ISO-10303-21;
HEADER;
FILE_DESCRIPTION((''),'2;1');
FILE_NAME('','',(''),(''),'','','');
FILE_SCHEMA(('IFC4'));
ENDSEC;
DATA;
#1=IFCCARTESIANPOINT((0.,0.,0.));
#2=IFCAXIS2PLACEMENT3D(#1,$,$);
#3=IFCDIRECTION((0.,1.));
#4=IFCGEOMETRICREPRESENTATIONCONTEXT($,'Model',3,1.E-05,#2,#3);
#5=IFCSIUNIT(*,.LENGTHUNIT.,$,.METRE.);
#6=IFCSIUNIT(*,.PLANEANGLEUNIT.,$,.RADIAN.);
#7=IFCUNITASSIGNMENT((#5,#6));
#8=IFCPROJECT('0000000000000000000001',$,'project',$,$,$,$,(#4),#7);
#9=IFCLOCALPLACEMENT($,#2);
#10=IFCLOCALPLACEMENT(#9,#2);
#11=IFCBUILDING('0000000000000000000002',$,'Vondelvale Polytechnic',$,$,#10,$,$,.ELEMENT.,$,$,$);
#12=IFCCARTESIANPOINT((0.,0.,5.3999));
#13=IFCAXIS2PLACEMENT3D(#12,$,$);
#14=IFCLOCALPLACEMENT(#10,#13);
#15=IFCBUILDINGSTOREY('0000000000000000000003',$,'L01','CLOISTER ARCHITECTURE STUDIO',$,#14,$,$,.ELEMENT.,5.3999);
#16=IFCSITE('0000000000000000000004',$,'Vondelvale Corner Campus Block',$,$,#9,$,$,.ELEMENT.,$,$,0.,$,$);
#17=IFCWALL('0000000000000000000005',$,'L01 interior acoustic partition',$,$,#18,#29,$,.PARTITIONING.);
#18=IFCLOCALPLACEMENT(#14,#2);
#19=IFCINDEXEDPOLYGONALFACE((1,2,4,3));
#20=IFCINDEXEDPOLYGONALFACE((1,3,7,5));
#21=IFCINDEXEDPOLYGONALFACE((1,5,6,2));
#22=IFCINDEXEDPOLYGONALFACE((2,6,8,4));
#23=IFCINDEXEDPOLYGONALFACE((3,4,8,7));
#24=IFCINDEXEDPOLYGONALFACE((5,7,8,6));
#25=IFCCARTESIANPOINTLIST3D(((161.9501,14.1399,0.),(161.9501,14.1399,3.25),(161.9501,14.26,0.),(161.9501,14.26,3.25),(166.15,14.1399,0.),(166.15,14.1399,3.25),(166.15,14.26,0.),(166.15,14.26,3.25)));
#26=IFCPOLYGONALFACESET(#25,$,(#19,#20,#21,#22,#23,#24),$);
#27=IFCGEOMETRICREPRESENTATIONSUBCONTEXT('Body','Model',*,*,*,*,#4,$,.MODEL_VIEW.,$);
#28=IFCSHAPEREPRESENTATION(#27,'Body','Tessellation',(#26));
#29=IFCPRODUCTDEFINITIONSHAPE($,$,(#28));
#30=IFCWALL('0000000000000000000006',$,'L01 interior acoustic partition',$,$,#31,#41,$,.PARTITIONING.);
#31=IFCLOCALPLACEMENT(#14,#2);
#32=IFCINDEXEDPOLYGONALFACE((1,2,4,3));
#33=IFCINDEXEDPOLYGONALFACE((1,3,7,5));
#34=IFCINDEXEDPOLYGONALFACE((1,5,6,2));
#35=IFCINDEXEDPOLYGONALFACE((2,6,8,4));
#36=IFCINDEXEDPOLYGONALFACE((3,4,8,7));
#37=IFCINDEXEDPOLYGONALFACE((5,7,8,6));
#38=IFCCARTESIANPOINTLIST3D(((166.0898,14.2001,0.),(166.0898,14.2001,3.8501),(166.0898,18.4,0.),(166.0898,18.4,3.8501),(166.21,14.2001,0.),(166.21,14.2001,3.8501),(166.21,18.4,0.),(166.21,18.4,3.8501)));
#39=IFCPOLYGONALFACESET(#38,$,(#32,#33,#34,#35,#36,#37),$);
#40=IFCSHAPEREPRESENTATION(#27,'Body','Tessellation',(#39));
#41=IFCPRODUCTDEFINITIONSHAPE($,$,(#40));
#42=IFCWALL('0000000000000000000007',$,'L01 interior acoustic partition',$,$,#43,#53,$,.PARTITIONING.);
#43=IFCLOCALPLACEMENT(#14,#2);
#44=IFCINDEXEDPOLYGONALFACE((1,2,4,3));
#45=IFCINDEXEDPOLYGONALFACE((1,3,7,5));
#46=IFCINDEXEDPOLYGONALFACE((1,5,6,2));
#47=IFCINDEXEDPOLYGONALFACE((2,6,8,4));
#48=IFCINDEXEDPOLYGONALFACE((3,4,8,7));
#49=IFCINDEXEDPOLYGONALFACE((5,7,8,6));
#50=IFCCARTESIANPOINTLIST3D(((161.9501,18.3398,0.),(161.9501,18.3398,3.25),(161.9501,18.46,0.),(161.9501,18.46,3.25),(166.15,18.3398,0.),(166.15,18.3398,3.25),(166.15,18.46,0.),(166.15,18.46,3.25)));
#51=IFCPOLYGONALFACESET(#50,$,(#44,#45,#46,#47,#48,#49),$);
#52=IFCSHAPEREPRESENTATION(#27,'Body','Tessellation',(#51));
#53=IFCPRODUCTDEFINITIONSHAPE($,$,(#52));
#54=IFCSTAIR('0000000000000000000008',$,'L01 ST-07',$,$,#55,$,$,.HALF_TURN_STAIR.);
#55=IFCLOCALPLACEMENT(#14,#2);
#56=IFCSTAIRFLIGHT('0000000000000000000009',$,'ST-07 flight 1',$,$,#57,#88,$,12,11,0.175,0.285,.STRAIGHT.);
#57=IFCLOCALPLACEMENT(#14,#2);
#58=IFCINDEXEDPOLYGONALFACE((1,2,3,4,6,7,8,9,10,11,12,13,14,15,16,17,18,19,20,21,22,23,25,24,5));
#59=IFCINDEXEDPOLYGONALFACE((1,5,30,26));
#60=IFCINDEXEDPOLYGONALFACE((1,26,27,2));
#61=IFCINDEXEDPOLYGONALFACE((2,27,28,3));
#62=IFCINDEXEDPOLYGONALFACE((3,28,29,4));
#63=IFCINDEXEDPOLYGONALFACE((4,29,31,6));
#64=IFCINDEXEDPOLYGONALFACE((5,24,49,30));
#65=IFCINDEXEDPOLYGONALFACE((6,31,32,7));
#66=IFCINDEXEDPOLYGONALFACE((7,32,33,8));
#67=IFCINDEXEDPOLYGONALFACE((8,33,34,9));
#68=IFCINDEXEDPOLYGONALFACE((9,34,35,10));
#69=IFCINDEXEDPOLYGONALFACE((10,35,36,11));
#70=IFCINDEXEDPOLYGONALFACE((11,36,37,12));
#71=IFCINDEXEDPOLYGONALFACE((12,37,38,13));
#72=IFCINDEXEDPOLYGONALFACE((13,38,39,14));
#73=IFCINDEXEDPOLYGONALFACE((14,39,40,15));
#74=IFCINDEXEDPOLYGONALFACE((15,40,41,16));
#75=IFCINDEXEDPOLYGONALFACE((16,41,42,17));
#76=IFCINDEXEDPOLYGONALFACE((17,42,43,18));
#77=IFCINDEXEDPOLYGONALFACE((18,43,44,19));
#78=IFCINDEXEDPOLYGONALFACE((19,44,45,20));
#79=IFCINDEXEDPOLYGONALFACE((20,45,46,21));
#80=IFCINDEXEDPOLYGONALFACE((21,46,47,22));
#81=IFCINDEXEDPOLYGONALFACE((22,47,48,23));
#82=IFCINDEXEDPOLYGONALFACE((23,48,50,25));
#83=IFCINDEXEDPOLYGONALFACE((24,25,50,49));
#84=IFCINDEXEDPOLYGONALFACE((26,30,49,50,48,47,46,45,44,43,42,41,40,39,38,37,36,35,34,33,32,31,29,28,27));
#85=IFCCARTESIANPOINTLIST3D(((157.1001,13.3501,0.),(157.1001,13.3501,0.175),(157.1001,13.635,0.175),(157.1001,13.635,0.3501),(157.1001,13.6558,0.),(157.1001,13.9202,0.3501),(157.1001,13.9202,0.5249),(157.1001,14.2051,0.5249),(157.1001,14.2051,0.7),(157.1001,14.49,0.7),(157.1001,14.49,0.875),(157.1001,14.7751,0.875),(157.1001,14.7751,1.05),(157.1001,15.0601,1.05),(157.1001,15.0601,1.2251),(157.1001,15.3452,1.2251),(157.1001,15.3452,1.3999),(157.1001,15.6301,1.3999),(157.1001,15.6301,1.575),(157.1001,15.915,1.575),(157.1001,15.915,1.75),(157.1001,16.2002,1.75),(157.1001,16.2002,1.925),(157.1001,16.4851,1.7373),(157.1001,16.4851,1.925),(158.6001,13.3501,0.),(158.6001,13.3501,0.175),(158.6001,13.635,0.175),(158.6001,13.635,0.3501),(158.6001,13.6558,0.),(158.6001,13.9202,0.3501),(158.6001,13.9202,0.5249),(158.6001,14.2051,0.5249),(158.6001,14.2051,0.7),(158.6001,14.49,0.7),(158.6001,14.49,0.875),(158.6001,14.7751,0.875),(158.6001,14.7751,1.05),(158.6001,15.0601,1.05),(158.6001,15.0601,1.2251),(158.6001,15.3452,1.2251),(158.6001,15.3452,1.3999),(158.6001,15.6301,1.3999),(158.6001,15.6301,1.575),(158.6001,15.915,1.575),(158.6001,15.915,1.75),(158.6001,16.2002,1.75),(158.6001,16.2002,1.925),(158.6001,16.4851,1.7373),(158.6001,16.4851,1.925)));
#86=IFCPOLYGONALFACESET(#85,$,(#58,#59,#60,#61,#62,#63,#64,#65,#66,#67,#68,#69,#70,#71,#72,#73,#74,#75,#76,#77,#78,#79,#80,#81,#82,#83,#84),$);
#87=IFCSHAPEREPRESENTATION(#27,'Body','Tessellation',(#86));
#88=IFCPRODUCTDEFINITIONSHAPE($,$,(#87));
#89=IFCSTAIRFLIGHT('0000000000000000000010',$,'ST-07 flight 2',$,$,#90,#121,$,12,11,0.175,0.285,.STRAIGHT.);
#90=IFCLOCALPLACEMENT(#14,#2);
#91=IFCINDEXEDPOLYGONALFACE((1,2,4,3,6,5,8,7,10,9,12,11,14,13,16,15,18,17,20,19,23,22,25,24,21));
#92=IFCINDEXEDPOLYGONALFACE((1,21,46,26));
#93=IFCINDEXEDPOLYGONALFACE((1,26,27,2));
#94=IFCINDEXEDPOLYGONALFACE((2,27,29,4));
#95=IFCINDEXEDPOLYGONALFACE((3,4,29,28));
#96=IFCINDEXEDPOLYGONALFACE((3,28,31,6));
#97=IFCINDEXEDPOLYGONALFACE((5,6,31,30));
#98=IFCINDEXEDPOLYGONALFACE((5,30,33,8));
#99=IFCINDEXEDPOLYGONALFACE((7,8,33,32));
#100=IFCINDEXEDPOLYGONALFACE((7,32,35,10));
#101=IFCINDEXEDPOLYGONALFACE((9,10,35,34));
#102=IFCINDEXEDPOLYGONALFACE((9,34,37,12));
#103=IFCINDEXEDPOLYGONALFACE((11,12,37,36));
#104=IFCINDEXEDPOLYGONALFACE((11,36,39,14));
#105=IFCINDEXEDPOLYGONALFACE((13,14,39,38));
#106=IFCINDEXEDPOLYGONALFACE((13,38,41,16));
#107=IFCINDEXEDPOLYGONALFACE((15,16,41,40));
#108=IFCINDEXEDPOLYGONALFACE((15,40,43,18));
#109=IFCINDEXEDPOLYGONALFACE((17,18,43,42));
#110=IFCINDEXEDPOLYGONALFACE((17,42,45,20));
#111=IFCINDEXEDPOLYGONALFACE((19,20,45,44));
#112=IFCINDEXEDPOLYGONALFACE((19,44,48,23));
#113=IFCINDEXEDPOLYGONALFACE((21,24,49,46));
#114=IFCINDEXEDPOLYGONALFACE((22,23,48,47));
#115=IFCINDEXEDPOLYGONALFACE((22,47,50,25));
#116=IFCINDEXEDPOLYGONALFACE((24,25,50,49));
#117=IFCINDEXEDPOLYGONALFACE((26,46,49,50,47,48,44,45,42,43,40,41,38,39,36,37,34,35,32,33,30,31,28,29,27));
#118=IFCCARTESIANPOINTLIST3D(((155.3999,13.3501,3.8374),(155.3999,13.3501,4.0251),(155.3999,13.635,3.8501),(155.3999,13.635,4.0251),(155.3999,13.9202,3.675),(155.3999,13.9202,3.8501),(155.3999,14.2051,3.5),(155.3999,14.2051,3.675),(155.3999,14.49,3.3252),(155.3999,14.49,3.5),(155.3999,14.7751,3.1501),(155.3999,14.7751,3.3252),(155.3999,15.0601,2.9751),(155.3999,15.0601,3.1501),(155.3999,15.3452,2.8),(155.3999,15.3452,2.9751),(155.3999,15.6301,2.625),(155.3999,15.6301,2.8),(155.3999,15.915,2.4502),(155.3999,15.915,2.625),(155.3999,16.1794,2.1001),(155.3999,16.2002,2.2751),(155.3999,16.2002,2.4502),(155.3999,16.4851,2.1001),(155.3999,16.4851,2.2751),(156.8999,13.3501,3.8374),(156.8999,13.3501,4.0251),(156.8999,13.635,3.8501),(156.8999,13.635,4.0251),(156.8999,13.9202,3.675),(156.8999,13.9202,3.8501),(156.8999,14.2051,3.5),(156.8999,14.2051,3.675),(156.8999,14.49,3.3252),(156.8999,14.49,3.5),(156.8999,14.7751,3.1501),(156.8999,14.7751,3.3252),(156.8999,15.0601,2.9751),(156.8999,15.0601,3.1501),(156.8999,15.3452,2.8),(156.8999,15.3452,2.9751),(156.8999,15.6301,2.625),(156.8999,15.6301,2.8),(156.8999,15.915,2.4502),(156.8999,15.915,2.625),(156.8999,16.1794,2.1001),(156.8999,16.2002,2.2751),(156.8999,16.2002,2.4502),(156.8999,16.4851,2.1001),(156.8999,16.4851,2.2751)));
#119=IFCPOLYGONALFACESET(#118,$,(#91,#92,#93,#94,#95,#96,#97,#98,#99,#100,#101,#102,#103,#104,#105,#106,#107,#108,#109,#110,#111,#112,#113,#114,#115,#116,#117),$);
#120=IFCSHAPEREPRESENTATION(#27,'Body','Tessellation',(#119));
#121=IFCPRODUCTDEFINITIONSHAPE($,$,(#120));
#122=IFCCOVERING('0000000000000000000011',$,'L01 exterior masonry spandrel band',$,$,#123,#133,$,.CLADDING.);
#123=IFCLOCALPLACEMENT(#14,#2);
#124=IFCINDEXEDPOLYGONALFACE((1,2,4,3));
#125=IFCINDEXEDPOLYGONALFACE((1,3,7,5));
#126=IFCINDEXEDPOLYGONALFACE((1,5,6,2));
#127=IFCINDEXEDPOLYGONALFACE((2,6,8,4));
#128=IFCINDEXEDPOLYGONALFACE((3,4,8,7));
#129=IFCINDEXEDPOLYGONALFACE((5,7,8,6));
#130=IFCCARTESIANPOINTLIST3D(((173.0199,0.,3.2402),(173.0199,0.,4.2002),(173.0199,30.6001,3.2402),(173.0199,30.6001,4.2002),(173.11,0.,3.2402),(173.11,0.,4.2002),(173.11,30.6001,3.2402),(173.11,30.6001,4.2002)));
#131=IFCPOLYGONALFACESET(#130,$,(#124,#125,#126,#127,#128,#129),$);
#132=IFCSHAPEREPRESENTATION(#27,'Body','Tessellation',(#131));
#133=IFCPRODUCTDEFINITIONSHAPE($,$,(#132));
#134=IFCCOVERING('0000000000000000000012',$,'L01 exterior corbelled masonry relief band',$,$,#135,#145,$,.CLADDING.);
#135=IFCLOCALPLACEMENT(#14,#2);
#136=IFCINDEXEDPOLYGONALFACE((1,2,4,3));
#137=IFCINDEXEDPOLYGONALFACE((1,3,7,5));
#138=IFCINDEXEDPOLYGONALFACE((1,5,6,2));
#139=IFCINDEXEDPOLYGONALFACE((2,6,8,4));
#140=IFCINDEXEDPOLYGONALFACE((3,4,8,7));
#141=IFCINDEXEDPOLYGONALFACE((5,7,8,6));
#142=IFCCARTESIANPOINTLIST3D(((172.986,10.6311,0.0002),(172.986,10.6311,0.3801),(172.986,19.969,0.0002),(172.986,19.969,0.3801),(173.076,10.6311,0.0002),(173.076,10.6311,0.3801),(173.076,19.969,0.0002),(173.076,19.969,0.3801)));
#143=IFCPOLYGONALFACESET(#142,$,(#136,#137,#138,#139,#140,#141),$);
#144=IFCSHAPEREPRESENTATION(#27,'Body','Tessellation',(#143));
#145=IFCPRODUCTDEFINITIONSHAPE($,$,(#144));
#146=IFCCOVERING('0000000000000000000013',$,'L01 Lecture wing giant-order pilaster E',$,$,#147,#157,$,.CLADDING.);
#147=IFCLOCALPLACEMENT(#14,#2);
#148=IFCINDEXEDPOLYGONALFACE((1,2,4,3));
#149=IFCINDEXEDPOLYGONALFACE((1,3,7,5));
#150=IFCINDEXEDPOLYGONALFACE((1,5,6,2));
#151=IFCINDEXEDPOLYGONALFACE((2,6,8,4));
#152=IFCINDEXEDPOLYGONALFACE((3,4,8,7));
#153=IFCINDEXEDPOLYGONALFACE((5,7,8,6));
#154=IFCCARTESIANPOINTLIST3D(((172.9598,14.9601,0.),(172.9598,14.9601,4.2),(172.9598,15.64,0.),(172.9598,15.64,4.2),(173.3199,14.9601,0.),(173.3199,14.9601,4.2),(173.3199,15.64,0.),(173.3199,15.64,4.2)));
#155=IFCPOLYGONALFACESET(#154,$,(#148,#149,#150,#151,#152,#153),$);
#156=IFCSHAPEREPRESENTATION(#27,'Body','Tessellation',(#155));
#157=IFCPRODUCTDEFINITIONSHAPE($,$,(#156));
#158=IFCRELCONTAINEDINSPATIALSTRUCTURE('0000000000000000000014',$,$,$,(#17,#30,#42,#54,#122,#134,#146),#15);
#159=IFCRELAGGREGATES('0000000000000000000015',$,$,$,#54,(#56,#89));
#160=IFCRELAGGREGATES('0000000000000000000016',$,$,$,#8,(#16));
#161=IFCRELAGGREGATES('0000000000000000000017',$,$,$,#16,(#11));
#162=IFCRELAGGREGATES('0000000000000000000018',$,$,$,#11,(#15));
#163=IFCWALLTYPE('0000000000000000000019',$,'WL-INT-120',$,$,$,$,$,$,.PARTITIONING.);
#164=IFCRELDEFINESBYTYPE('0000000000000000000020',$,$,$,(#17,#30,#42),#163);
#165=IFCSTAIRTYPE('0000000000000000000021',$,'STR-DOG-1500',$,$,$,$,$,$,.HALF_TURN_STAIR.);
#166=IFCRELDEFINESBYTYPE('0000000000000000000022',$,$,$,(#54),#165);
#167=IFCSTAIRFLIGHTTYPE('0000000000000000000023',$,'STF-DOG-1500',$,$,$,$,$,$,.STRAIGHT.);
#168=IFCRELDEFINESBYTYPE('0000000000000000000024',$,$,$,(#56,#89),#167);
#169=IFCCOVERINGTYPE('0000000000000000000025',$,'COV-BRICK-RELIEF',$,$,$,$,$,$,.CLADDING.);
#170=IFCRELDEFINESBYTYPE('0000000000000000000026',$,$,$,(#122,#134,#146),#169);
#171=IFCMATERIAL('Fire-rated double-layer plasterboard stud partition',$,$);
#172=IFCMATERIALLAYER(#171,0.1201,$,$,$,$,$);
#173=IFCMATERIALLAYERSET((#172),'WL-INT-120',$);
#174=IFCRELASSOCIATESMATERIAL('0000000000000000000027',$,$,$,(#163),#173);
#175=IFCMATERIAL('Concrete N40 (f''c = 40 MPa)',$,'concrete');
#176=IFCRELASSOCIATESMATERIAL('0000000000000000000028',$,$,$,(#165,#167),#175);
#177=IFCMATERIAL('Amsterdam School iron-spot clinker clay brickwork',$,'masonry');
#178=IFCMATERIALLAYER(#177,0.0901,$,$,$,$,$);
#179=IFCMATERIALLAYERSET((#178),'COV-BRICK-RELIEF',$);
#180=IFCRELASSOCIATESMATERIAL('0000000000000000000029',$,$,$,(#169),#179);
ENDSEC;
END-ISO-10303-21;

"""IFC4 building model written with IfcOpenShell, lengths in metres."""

from ifc_helpers import new_model, si_unit, direction, frame, frame_2d, origin, origin_2d, place, context, subcontext, project, spatial, polyline, rectangle, outline, extrude, material, layer, layer_set, type_object, element, aggregate, save


model = new_model("IFC4")

# Units and contexts
model_context = context("Model", 3, precision=1e-05, world=origin(), true_north=direction((0.0, 1.0)))
body_context = subcontext(model_context, "Body", "Model", "MODEL_VIEW")
ifc_project = project(units=[si_unit("LENGTHUNIT", "METRE"), si_unit("PLANEANGLEUNIT", "RADIAN")], contexts=[model_context])

# Site, building, storey
site_placement = place(None, origin())
site = spatial("IfcSite", under=ifc_project, at=site_placement, Name="Vondelvale Corner Campus Block", CompositionType="ELEMENT", RefElevation=0.0)
building_placement = place(site_placement, origin())
building = spatial("IfcBuilding", under=site, at=building_placement, Name="Vondelvale Polytechnic", CompositionType="ELEMENT")
storey_placement = place(building_placement, frame((0.0, 0.0, 5.3999)))
storey = spatial("IfcBuildingStorey", under=building, at=storey_placement, Name="L01", Description="CLOISTER ARCHITECTURE STUDIO", CompositionType="ELEMENT", Elevation=5.3999)

# Shared definitions
ifc_material_1 = material(Name="Concrete N40 (f'c = 40 MPa)", Category="concrete")

# Shared definitions
ifc_material_2 = material(Name="Amsterdam School iron-spot clinker clay brickwork", Category="masonry")

# Walls
ifc_material_3 = material(Name="Fire-rated double-layer plasterboard stud partition")
ifc_layer_1 = layer(ifc_material_3, 0.1201)
ifc_layer_set_1 = layer_set([ifc_layer_1], Name="WL-INT-120")
wall_type_1 = type_object("IfcWallType", Name="WL-INT-120", PredefinedType="PARTITIONING", material=ifc_layer_set_1)
wall_1_placement = place(storey_placement, frame((161.95, 14.2, 0.0), z_axis=(0.0, 0.0, 1.0), x_axis=(1.0, 0.0, 0.0)))
element("IfcWall", 1, at=wall_1_placement, inside=storey, type_object=wall_type_1, Name="L01 interior acoustic partition", PredefinedType="PARTITIONING", context=body_context, shape_type="SweptSolid", body=[
    extrude(rectangle(XDim=4.2, YDim=0.1201, at=frame_2d((2.1001, 0.0))), origin(), (0.0, 0.0, 1.0), 3.25),
])
wall_2_placement = place(storey_placement, frame((166.1499, 14.2, 0.0), z_axis=(0.0, 0.0, 1.0), x_axis=(0.0, 1.0, 0.0)))
element("IfcWall", 2, at=wall_2_placement, inside=storey, type_object=wall_type_1, Name="L01 interior acoustic partition", PredefinedType="PARTITIONING", context=body_context, shape_type="SweptSolid", body=[
    extrude(rectangle(XDim=4.2, YDim=0.1201, at=frame_2d((2.1001, 0.0))), origin(), (0.0, 0.0, 1.0), 3.8501),
])
wall_3_placement = place(storey_placement, frame((161.95, 18.3999, 0.0), z_axis=(0.0, 0.0, 1.0), x_axis=(1.0, 0.0, 0.0)))
element("IfcWall", 3, at=wall_3_placement, inside=storey, type_object=wall_type_1, Name="L01 interior acoustic partition", PredefinedType="PARTITIONING", context=body_context, shape_type="SweptSolid", body=[
    extrude(rectangle(XDim=4.2, YDim=0.1201, at=frame_2d((2.1001, 0.0))), origin(), (0.0, 0.0, 1.0), 3.25),
])

# Stair, stair flights
stair_type = type_object("IfcStairType", Name="STR-DOG-1500", PredefinedType="HALF_TURN_STAIR", material=ifc_material_1)
stair_placement = place(storey_placement, origin())
stair = element("IfcStair", 4, at=stair_placement, inside=storey, type_object=stair_type, Name="L01 ST-07", PredefinedType="HALF_TURN_STAIR")
stair_flight_type = type_object("IfcStairFlightType", Name="STF-DOG-1500", PredefinedType="STRAIGHT", material=ifc_material_1)
stair_flight_1_placement = place(storey_placement, frame((157.8501, 13.3501, 0.0), z_axis=(0.0, 0.0, 1.0), x_axis=(0.0, 1.0, 0.0)))
stair_flight_1 = element("IfcStairFlight", 5, at=stair_flight_1_placement, type_object=stair_flight_type, Name="ST-07 flight 1", NumberOfRisers=12, NumberOfTreads=11, PredefinedType="STRAIGHT", RiserHeight=0.175, TreadLength=0.285, context=body_context, shape_type="SweptSolid", body=[
    extrude(outline(polyline([(0.0, 0.0), (0.0, 0.175), (0.2849, 0.175), (0.2849, 0.3501), (0.5701, 0.3501), (0.5701, 0.5249), (0.855, 0.5249), (0.855, 0.7), (1.1399, 0.7), (1.1399, 0.875), (1.425, 0.875), (1.425, 1.05), (1.71, 1.05), (1.71, 1.2251), (1.9951, 1.2251), (1.9951, 1.3999), (2.28, 1.3999), (2.28, 1.575), (2.5649, 1.575), (2.5649, 1.75), (2.8501, 1.75), (2.8501, 1.925), (3.135, 1.925), (3.135, 2.1001), (3.135, 1.7373), (0.3057, 0.0), (0.0, 0.0)])), frame((0.0, 0.75, 0.0), z_axis=(0.0, -1.0, 0.0), x_axis=(1.0, 0.0, 0.0)), (0.0, 0.0, 1.0), 1.5),
])
stair_flight_2_placement = place(storey_placement, frame((156.1499, 16.4851, 2.1001), z_axis=(0.0, 0.0, 1.0), x_axis=(0.0, -1.0, 0.0)))
stair_flight_2 = element("IfcStairFlight", 6, at=stair_flight_2_placement, type_object=stair_flight_type, Name="ST-07 flight 2", NumberOfRisers=12, NumberOfTreads=11, PredefinedType="STRAIGHT", RiserHeight=0.175, TreadLength=0.285, context=body_context, shape_type="SweptSolid", body=[
    extrude(outline(polyline([(0.0, 0.0), (0.0, 0.175), (0.2849, 0.175), (0.2849, 0.3501), (0.5701, 0.3501), (0.5701, 0.5249), (0.855, 0.5249), (0.855, 0.7), (1.1399, 0.7), (1.1399, 0.875), (1.425, 0.875), (1.425, 1.05), (1.71, 1.05), (1.71, 1.2251), (1.9951, 1.2251), (1.9951, 1.3999), (2.28, 1.3999), (2.28, 1.575), (2.5649, 1.575), (2.5649, 1.75), (2.8501, 1.75), (2.8501, 1.925), (3.135, 1.925), (3.135, 2.1001), (3.135, 1.7373), (0.3057, 0.0), (0.0, 0.0)])), frame((0.0, 0.75, 0.0), z_axis=(0.0, -1.0, 0.0), x_axis=(1.0, 0.0, 0.0)), (0.0, 0.0, 1.0), 1.5),
])
aggregate(stair, [stair_flight_1, stair_flight_2])

# Coverings
ifc_layer_2 = layer(ifc_material_2, 0.0901)
ifc_layer_set_2 = layer_set([ifc_layer_2], Name="COV-BRICK-RELIEF")
covering_type = type_object("IfcCoveringType", Name="COV-BRICK-RELIEF", PredefinedType="CLADDING", material=ifc_layer_set_2)
covering_1_placement = place(storey_placement, frame((173.0649, 15.3, 3.2402), z_axis=(0.0, 0.0, 1.0), x_axis=(0.0, 1.0, 0.0)))
element("IfcCovering", 7, at=covering_1_placement, inside=storey, type_object=covering_type, Name="L01 exterior masonry spandrel band", PredefinedType="CLADDING", context=body_context, shape_type="SweptSolid", body=[
    extrude(rectangle(XDim=30.6001, YDim=0.0901, at=origin_2d()), origin(), (0.0, 0.0, 1.0), 0.96),
])
covering_2_placement = place(storey_placement, frame((173.031, 15.3, 0.0002), z_axis=(0.0, 0.0, 1.0), x_axis=(0.0, -1.0, 0.0)))
element("IfcCovering", 8, at=covering_2_placement, inside=storey, type_object=covering_type, Name="L01 exterior corbelled masonry relief band", PredefinedType="CLADDING", context=body_context, shape_type="SweptSolid", body=[
    extrude(rectangle(XDim=9.3379, YDim=0.0901, at=origin_2d()), origin(), (0.0, 0.0, 1.0), 0.3799),
])
covering_3_placement = place(storey_placement, frame((173.1399, 15.3, 0.0), z_axis=(0.0, 0.0, 1.0), x_axis=(1.0, 0.0, 0.0)))
element("IfcCovering", 9, at=covering_3_placement, inside=storey, type_object=covering_type, Name="L01 Lecture wing giant-order pilaster E", PredefinedType="CLADDING", context=body_context, shape_type="SweptSolid", body=[
    extrude(rectangle(XDim=0.3601, YDim=0.6799, at=origin_2d()), origin(), (0.0, 0.0, 1.0), 4.2),
])

save(model, "model.ifc")
